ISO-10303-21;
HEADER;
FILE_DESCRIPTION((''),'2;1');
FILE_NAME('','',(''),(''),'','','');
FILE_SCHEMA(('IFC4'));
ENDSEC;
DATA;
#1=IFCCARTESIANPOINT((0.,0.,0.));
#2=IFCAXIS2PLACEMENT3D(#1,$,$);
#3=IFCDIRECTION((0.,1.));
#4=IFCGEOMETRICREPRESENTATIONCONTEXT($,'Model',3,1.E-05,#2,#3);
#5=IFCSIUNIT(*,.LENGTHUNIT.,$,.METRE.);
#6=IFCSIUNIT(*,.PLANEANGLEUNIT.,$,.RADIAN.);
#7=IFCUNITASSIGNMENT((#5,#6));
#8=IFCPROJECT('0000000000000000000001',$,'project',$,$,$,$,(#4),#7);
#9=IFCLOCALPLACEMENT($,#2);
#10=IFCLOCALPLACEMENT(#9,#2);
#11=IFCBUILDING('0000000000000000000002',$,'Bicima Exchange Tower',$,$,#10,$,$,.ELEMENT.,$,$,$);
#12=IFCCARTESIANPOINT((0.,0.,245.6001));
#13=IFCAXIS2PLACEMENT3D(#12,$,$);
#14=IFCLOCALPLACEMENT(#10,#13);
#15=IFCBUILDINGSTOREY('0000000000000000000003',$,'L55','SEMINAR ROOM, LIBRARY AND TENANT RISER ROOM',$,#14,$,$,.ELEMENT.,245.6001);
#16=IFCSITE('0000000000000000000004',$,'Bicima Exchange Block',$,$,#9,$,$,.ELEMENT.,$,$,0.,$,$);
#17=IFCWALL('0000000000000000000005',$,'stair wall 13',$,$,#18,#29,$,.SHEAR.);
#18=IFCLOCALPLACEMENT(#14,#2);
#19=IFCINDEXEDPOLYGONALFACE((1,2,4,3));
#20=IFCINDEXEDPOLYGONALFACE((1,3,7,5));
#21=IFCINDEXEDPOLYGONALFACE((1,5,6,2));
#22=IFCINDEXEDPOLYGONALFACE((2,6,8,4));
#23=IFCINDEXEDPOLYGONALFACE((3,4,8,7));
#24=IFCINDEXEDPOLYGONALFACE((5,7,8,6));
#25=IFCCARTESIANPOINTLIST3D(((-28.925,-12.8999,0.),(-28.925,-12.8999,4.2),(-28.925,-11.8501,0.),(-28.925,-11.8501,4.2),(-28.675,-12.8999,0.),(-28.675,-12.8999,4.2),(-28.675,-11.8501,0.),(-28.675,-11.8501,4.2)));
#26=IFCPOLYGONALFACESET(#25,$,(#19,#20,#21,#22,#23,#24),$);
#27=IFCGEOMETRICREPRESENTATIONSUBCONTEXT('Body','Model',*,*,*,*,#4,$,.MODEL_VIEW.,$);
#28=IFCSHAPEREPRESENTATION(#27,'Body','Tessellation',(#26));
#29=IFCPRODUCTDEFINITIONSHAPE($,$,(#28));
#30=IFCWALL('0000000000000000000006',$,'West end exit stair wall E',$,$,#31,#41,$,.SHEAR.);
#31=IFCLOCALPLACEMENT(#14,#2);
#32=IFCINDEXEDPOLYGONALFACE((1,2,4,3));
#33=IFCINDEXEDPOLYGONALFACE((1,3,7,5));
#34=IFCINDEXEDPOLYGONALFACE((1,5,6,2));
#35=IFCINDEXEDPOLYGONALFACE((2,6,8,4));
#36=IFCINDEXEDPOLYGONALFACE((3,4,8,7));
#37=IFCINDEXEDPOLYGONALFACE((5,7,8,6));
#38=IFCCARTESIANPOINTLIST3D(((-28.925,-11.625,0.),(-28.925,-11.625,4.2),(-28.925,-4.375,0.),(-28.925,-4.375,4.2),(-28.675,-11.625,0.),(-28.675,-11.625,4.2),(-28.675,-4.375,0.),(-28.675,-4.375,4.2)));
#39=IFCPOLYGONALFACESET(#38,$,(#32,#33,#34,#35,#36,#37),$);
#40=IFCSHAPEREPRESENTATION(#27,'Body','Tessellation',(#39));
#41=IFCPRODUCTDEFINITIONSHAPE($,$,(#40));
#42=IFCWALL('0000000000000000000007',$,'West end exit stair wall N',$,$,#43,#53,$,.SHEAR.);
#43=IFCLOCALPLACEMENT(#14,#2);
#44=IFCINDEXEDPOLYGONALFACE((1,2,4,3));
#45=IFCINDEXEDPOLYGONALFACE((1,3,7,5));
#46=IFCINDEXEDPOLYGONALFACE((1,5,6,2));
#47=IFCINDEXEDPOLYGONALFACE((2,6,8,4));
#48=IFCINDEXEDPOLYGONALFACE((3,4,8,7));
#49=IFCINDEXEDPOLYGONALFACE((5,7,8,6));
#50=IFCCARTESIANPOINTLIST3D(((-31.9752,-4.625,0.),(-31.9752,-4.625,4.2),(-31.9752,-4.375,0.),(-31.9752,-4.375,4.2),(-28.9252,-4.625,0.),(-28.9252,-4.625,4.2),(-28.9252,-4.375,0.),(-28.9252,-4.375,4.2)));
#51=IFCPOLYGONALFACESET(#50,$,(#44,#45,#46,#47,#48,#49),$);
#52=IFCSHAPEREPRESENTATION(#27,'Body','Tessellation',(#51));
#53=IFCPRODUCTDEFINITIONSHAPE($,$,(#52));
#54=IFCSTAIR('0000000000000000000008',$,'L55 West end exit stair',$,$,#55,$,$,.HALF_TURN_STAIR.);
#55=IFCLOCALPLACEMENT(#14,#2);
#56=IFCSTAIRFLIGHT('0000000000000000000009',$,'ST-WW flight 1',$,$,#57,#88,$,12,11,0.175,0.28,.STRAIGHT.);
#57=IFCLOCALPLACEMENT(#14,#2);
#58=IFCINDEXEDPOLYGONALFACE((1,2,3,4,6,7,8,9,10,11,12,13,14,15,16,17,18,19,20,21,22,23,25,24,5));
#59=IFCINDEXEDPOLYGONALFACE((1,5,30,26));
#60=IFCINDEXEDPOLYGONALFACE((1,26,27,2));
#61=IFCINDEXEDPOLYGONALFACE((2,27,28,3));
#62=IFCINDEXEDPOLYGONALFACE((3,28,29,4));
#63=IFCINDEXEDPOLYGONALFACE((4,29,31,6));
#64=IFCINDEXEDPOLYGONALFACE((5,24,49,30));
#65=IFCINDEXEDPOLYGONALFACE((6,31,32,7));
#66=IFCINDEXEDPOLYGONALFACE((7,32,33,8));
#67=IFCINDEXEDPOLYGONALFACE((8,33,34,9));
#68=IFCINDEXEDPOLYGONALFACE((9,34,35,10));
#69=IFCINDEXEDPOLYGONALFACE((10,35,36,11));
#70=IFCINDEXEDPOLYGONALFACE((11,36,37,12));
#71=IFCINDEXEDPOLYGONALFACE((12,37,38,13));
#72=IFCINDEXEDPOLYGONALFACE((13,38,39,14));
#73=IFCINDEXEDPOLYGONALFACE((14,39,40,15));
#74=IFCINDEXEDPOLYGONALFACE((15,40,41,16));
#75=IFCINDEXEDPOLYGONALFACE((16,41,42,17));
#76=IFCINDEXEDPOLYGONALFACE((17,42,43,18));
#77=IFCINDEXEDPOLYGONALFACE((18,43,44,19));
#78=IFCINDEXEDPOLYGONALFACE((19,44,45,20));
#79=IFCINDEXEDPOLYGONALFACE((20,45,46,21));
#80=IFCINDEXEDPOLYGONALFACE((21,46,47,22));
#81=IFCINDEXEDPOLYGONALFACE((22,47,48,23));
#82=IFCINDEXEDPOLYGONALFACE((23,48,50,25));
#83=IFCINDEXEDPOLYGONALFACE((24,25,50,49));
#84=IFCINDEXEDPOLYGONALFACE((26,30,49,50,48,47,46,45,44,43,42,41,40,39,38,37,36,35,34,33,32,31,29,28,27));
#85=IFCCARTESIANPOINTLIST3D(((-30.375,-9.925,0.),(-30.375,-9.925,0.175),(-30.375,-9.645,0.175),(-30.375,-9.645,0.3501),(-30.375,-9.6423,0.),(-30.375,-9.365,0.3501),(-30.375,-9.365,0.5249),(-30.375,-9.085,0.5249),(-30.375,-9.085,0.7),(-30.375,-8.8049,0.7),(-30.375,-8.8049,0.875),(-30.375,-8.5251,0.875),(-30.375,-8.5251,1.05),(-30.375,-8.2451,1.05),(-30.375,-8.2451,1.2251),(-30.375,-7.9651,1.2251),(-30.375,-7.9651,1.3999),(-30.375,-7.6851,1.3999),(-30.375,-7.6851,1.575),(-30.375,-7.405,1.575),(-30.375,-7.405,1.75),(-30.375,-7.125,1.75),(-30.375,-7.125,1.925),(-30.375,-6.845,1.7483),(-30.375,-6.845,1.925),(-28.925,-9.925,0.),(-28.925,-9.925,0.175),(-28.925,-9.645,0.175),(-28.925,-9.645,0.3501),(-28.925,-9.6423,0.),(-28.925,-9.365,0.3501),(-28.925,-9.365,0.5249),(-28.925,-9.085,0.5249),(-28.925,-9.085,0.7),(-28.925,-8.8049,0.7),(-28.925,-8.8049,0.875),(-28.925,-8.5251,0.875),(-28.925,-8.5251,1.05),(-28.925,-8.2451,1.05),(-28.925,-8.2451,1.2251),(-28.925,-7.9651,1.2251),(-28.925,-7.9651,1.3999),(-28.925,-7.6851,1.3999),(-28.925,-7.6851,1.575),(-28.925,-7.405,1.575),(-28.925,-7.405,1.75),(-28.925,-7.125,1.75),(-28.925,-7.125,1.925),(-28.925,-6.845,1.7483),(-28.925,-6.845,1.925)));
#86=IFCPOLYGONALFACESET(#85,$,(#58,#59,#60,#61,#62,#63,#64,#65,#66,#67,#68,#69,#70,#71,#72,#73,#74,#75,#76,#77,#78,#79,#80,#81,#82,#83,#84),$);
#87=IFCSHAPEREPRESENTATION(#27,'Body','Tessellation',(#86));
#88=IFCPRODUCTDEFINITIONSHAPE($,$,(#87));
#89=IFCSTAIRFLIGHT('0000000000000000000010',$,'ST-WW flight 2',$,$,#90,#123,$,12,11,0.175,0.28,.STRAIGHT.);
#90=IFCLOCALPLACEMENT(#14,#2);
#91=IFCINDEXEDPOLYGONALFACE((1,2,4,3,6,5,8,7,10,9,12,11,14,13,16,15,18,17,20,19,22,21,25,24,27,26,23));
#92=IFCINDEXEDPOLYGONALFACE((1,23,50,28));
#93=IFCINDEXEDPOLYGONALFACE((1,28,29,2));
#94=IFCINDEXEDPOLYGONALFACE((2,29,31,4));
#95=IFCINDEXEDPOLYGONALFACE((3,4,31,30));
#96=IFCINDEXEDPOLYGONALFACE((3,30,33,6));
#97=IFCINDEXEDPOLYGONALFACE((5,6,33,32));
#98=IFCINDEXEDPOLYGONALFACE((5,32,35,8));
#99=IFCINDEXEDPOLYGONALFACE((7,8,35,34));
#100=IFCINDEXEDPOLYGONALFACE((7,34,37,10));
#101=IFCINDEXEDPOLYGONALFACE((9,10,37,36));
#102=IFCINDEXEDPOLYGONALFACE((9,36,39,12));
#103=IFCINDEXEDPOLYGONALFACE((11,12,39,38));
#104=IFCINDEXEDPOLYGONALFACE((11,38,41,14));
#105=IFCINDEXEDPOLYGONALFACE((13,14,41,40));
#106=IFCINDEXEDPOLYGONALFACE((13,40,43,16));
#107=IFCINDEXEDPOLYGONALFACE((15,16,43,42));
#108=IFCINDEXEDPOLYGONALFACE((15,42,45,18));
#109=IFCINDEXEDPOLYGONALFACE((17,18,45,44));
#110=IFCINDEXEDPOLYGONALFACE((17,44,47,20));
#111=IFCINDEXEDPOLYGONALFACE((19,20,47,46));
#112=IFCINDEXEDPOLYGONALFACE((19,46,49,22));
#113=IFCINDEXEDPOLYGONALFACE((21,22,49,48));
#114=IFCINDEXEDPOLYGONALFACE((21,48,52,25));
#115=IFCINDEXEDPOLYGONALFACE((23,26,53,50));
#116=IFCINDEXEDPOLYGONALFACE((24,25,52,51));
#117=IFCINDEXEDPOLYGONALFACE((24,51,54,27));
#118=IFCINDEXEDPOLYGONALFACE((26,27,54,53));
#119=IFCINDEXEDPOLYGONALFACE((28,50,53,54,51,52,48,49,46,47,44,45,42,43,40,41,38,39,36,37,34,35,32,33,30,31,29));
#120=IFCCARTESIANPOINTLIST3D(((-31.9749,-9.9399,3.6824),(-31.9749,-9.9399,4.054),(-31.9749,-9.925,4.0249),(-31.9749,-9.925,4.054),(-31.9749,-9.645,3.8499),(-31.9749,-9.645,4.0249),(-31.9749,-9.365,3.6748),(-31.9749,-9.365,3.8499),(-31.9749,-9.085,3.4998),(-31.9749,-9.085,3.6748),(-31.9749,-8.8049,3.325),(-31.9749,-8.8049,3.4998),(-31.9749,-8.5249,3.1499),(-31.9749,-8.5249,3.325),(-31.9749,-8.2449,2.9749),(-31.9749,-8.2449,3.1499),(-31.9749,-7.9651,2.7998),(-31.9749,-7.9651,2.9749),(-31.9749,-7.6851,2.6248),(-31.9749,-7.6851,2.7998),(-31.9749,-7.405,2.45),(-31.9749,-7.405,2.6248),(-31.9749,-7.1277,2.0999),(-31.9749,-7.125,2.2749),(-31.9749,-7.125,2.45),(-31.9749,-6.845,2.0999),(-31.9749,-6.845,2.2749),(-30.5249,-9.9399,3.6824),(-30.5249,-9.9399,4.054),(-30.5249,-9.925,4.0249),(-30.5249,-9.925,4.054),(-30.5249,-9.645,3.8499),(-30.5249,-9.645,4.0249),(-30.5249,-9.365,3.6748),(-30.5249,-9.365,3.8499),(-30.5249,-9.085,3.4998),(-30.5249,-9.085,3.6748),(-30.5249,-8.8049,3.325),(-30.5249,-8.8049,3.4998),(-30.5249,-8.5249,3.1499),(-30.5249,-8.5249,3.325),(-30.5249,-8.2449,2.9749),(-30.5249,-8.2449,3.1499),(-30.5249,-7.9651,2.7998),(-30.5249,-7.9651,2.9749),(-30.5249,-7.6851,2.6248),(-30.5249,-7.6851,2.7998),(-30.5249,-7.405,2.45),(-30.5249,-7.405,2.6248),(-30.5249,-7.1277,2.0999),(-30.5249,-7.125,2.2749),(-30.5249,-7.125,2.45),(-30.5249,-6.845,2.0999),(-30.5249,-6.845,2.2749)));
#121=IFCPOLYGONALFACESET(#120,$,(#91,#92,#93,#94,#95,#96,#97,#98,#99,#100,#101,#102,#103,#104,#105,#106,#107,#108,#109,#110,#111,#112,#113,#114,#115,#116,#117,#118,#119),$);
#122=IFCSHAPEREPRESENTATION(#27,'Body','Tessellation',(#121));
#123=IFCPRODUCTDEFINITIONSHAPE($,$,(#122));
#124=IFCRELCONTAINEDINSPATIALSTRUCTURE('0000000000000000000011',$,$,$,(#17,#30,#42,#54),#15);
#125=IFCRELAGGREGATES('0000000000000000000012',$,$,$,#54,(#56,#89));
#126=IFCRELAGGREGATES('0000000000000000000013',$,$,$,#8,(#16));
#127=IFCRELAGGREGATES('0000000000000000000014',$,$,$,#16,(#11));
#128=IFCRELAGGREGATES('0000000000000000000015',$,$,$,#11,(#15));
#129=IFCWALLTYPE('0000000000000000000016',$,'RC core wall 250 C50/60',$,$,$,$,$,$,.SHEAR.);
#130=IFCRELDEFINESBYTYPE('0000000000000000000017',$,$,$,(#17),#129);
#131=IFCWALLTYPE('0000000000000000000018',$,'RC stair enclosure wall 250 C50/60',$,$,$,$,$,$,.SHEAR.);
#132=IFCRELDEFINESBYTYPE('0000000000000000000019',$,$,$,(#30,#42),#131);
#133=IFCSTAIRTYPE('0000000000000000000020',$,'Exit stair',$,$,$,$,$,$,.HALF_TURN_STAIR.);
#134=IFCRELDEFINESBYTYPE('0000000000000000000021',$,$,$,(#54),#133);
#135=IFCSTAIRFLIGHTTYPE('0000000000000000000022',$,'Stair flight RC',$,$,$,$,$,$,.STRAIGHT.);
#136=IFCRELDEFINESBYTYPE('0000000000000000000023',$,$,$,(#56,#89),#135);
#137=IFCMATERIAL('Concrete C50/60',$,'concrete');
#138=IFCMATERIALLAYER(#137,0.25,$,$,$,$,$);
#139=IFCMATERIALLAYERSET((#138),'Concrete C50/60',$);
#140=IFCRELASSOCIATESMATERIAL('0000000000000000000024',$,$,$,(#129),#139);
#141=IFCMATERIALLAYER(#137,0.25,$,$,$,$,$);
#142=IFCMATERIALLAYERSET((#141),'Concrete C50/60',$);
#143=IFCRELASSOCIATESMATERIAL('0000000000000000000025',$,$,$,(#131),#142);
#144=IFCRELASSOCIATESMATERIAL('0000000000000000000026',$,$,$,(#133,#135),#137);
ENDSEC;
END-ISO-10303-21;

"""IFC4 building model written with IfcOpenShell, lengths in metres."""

from ifc_helpers import new_model, si_unit, direction, frame, frame_2d, origin, place, context, subcontext, project, spatial, polyline, rectangle, outline, extrude, material, layer, layer_set, type_object, element, aggregate, save


model = new_model("IFC4")

# Units and contexts
model_context = context("Model", 3, precision=1e-05, world=origin(), true_north=direction((0.0, 1.0)))
body_context = subcontext(model_context, "Body", "Model", "MODEL_VIEW")
ifc_project = project(units=[si_unit("LENGTHUNIT", "METRE"), si_unit("PLANEANGLEUNIT", "RADIAN")], contexts=[model_context])

# Site, building, storey
site_placement = place(None, origin())
site = spatial("IfcSite", under=ifc_project, at=site_placement, Name="Bicima Exchange Block", CompositionType="ELEMENT", RefElevation=0.0)
building_placement = place(site_placement, origin())
building = spatial("IfcBuilding", under=site, at=building_placement, Name="Bicima Exchange Tower", CompositionType="ELEMENT")
storey_placement = place(building_placement, frame((0.0, 0.0, 245.6001)))
storey = spatial("IfcBuildingStorey", under=building, at=storey_placement, Name="L55", Description="SEMINAR ROOM, LIBRARY AND TENANT RISER ROOM", CompositionType="ELEMENT", Elevation=245.6001)

# Walls
ifc_material_1 = material(Name="Concrete C50/60", Category="concrete")
ifc_layer_1 = layer(ifc_material_1, 0.25)
ifc_layer_set_1 = layer_set([ifc_layer_1], Name="Concrete C50/60")
wall_type_1 = type_object("IfcWallType", Name="RC core wall 250 C50/60", PredefinedType="SHEAR", material=ifc_layer_set_1)
wall_1_placement = place(storey_placement, frame((-28.8, -12.8999, 0.0), z_axis=(0.0, 0.0, 1.0), x_axis=(0.0, 1.0, 0.0)))
element("IfcWall", 1, at=wall_1_placement, inside=storey, type_object=wall_type_1, Name="stair wall 13", PredefinedType="SHEAR", context=body_context, shape_type="SweptSolid", body=[
    extrude(rectangle(XDim=1.0498, YDim=0.25, at=frame_2d((0.5249, 0.0))), origin(), (0.0, 0.0, 1.0), 4.2),
])
ifc_layer_2 = layer(ifc_material_1, 0.25)
ifc_layer_set_2 = layer_set([ifc_layer_2], Name="Concrete C50/60")
wall_type_2 = type_object("IfcWallType", Name="RC stair enclosure wall 250 C50/60", PredefinedType="SHEAR", material=ifc_layer_set_2)
wall_2_placement = place(storey_placement, frame((-28.8, -11.625, 0.0), z_axis=(0.0, 0.0, 1.0), x_axis=(0.0, 1.0, 0.0)))
element("IfcWall", 2, at=wall_2_placement, inside=storey, type_object=wall_type_2, Name="West end exit stair wall E", PredefinedType="SHEAR", context=body_context, shape_type="SweptSolid", body=[
    extrude(rectangle(XDim=7.25, YDim=0.25, at=frame_2d((3.625, 0.0))), origin(), (0.0, 0.0, 1.0), 4.2),
])
wall_3_placement = place(storey_placement, frame((-31.9751, -4.5, 0.0), z_axis=(0.0, 0.0, 1.0), x_axis=(1.0, 0.0, 0.0)))
element("IfcWall", 3, at=wall_3_placement, inside=storey, type_object=wall_type_2, Name="West end exit stair wall N", PredefinedType="SHEAR", context=body_context, shape_type="SweptSolid", body=[
    extrude(rectangle(XDim=3.05, YDim=0.25, at=frame_2d((1.5249, 0.0))), origin(), (0.0, 0.0, 1.0), 4.2),
])

# Stair, stair flights
stair_type = type_object("IfcStairType", Name="Exit stair", PredefinedType="HALF_TURN_STAIR", material=ifc_material_1)
stair_placement = place(storey_placement, origin())
stair = element("IfcStair", 4, at=stair_placement, inside=storey, type_object=stair_type, Name="L55 West end exit stair", PredefinedType="HALF_TURN_STAIR")
stair_flight_type = type_object("IfcStairFlightType", Name="Stair flight RC", PredefinedType="STRAIGHT", material=ifc_material_1)
stair_flight_1_placement = place(storey_placement, frame((-29.6499, -9.925, 0.0), z_axis=(0.0, 0.0, 1.0), x_axis=(0.0, 1.0, 0.0)))
stair_flight_1 = element("IfcStairFlight", 5, at=stair_flight_1_placement, type_object=stair_flight_type, Name="ST-WW flight 1", NumberOfRisers=12, NumberOfTreads=11, PredefinedType="STRAIGHT", RiserHeight=0.175, TreadLength=0.28, context=body_context, shape_type="SweptSolid", body=[
    extrude(outline(polyline([(0.0, 0.0), (0.0, 0.175), (0.28, 0.175), (0.28, 0.3501), (0.5601, 0.3501), (0.5601, 0.5249), (0.8401, 0.5249), (0.8401, 0.7), (1.1201, 0.7), (1.1201, 0.875), (1.3999, 0.875), (1.3999, 1.05), (1.6799, 1.05), (1.6799, 1.2251), (1.96, 1.2251), (1.96, 1.3999), (2.24, 1.3999), (2.24, 1.575), (2.52, 1.575), (2.52, 1.75), (2.8, 1.75), (2.8, 1.925), (3.0801, 1.925), (3.0801, 2.1001), (3.0801, 1.7483), (0.2827, 0.0), (0.0, 0.0)])), frame((0.0, 0.7251, 0.0), z_axis=(0.0, -1.0, 0.0), x_axis=(1.0, 0.0, 0.0)), (0.0, 0.0, 1.0), 1.45),
])
stair_flight_2_placement = place(storey_placement, frame((-31.25, -6.845, 2.0999), z_axis=(0.0, 0.0, 1.0), x_axis=(0.0, -1.0, 0.0)))
stair_flight_2 = element("IfcStairFlight", 6, at=stair_flight_2_placement, type_object=stair_flight_type, Name="ST-WW flight 2", NumberOfRisers=12, NumberOfTreads=11, PredefinedType="STRAIGHT", RiserHeight=0.175, TreadLength=0.28, context=body_context, shape_type="SweptSolid", body=[
    extrude(outline(polyline([(0.0, 0.0), (0.0, 0.175), (0.28, 0.175), (0.28, 0.3501), (0.5601, 0.3501), (0.5601, 0.5249), (0.8401, 0.5249), (0.8401, 0.7), (1.1201, 0.7), (1.1201, 0.875), (1.3999, 0.875), (1.3999, 1.05), (1.6799, 1.05), (1.6799, 1.2251), (1.96, 1.2251), (1.96, 1.3999), (2.24, 1.3999), (2.24, 1.575), (2.52, 1.575), (2.52, 1.75), (2.8, 1.75), (2.8, 1.925), (3.0801, 1.925), (3.0801, 1.9541), (3.095, 1.9541), (3.095, 1.5825), (0.2827, 0.0), (0.0, 0.0)])), frame((0.0, 0.7251, 0.0), z_axis=(0.0, -1.0, 0.0), x_axis=(1.0, 0.0, 0.0)), (0.0, 0.0, 1.0), 1.45),
])
aggregate(stair, [stair_flight_1, stair_flight_2])

save(model, "model.ifc")
